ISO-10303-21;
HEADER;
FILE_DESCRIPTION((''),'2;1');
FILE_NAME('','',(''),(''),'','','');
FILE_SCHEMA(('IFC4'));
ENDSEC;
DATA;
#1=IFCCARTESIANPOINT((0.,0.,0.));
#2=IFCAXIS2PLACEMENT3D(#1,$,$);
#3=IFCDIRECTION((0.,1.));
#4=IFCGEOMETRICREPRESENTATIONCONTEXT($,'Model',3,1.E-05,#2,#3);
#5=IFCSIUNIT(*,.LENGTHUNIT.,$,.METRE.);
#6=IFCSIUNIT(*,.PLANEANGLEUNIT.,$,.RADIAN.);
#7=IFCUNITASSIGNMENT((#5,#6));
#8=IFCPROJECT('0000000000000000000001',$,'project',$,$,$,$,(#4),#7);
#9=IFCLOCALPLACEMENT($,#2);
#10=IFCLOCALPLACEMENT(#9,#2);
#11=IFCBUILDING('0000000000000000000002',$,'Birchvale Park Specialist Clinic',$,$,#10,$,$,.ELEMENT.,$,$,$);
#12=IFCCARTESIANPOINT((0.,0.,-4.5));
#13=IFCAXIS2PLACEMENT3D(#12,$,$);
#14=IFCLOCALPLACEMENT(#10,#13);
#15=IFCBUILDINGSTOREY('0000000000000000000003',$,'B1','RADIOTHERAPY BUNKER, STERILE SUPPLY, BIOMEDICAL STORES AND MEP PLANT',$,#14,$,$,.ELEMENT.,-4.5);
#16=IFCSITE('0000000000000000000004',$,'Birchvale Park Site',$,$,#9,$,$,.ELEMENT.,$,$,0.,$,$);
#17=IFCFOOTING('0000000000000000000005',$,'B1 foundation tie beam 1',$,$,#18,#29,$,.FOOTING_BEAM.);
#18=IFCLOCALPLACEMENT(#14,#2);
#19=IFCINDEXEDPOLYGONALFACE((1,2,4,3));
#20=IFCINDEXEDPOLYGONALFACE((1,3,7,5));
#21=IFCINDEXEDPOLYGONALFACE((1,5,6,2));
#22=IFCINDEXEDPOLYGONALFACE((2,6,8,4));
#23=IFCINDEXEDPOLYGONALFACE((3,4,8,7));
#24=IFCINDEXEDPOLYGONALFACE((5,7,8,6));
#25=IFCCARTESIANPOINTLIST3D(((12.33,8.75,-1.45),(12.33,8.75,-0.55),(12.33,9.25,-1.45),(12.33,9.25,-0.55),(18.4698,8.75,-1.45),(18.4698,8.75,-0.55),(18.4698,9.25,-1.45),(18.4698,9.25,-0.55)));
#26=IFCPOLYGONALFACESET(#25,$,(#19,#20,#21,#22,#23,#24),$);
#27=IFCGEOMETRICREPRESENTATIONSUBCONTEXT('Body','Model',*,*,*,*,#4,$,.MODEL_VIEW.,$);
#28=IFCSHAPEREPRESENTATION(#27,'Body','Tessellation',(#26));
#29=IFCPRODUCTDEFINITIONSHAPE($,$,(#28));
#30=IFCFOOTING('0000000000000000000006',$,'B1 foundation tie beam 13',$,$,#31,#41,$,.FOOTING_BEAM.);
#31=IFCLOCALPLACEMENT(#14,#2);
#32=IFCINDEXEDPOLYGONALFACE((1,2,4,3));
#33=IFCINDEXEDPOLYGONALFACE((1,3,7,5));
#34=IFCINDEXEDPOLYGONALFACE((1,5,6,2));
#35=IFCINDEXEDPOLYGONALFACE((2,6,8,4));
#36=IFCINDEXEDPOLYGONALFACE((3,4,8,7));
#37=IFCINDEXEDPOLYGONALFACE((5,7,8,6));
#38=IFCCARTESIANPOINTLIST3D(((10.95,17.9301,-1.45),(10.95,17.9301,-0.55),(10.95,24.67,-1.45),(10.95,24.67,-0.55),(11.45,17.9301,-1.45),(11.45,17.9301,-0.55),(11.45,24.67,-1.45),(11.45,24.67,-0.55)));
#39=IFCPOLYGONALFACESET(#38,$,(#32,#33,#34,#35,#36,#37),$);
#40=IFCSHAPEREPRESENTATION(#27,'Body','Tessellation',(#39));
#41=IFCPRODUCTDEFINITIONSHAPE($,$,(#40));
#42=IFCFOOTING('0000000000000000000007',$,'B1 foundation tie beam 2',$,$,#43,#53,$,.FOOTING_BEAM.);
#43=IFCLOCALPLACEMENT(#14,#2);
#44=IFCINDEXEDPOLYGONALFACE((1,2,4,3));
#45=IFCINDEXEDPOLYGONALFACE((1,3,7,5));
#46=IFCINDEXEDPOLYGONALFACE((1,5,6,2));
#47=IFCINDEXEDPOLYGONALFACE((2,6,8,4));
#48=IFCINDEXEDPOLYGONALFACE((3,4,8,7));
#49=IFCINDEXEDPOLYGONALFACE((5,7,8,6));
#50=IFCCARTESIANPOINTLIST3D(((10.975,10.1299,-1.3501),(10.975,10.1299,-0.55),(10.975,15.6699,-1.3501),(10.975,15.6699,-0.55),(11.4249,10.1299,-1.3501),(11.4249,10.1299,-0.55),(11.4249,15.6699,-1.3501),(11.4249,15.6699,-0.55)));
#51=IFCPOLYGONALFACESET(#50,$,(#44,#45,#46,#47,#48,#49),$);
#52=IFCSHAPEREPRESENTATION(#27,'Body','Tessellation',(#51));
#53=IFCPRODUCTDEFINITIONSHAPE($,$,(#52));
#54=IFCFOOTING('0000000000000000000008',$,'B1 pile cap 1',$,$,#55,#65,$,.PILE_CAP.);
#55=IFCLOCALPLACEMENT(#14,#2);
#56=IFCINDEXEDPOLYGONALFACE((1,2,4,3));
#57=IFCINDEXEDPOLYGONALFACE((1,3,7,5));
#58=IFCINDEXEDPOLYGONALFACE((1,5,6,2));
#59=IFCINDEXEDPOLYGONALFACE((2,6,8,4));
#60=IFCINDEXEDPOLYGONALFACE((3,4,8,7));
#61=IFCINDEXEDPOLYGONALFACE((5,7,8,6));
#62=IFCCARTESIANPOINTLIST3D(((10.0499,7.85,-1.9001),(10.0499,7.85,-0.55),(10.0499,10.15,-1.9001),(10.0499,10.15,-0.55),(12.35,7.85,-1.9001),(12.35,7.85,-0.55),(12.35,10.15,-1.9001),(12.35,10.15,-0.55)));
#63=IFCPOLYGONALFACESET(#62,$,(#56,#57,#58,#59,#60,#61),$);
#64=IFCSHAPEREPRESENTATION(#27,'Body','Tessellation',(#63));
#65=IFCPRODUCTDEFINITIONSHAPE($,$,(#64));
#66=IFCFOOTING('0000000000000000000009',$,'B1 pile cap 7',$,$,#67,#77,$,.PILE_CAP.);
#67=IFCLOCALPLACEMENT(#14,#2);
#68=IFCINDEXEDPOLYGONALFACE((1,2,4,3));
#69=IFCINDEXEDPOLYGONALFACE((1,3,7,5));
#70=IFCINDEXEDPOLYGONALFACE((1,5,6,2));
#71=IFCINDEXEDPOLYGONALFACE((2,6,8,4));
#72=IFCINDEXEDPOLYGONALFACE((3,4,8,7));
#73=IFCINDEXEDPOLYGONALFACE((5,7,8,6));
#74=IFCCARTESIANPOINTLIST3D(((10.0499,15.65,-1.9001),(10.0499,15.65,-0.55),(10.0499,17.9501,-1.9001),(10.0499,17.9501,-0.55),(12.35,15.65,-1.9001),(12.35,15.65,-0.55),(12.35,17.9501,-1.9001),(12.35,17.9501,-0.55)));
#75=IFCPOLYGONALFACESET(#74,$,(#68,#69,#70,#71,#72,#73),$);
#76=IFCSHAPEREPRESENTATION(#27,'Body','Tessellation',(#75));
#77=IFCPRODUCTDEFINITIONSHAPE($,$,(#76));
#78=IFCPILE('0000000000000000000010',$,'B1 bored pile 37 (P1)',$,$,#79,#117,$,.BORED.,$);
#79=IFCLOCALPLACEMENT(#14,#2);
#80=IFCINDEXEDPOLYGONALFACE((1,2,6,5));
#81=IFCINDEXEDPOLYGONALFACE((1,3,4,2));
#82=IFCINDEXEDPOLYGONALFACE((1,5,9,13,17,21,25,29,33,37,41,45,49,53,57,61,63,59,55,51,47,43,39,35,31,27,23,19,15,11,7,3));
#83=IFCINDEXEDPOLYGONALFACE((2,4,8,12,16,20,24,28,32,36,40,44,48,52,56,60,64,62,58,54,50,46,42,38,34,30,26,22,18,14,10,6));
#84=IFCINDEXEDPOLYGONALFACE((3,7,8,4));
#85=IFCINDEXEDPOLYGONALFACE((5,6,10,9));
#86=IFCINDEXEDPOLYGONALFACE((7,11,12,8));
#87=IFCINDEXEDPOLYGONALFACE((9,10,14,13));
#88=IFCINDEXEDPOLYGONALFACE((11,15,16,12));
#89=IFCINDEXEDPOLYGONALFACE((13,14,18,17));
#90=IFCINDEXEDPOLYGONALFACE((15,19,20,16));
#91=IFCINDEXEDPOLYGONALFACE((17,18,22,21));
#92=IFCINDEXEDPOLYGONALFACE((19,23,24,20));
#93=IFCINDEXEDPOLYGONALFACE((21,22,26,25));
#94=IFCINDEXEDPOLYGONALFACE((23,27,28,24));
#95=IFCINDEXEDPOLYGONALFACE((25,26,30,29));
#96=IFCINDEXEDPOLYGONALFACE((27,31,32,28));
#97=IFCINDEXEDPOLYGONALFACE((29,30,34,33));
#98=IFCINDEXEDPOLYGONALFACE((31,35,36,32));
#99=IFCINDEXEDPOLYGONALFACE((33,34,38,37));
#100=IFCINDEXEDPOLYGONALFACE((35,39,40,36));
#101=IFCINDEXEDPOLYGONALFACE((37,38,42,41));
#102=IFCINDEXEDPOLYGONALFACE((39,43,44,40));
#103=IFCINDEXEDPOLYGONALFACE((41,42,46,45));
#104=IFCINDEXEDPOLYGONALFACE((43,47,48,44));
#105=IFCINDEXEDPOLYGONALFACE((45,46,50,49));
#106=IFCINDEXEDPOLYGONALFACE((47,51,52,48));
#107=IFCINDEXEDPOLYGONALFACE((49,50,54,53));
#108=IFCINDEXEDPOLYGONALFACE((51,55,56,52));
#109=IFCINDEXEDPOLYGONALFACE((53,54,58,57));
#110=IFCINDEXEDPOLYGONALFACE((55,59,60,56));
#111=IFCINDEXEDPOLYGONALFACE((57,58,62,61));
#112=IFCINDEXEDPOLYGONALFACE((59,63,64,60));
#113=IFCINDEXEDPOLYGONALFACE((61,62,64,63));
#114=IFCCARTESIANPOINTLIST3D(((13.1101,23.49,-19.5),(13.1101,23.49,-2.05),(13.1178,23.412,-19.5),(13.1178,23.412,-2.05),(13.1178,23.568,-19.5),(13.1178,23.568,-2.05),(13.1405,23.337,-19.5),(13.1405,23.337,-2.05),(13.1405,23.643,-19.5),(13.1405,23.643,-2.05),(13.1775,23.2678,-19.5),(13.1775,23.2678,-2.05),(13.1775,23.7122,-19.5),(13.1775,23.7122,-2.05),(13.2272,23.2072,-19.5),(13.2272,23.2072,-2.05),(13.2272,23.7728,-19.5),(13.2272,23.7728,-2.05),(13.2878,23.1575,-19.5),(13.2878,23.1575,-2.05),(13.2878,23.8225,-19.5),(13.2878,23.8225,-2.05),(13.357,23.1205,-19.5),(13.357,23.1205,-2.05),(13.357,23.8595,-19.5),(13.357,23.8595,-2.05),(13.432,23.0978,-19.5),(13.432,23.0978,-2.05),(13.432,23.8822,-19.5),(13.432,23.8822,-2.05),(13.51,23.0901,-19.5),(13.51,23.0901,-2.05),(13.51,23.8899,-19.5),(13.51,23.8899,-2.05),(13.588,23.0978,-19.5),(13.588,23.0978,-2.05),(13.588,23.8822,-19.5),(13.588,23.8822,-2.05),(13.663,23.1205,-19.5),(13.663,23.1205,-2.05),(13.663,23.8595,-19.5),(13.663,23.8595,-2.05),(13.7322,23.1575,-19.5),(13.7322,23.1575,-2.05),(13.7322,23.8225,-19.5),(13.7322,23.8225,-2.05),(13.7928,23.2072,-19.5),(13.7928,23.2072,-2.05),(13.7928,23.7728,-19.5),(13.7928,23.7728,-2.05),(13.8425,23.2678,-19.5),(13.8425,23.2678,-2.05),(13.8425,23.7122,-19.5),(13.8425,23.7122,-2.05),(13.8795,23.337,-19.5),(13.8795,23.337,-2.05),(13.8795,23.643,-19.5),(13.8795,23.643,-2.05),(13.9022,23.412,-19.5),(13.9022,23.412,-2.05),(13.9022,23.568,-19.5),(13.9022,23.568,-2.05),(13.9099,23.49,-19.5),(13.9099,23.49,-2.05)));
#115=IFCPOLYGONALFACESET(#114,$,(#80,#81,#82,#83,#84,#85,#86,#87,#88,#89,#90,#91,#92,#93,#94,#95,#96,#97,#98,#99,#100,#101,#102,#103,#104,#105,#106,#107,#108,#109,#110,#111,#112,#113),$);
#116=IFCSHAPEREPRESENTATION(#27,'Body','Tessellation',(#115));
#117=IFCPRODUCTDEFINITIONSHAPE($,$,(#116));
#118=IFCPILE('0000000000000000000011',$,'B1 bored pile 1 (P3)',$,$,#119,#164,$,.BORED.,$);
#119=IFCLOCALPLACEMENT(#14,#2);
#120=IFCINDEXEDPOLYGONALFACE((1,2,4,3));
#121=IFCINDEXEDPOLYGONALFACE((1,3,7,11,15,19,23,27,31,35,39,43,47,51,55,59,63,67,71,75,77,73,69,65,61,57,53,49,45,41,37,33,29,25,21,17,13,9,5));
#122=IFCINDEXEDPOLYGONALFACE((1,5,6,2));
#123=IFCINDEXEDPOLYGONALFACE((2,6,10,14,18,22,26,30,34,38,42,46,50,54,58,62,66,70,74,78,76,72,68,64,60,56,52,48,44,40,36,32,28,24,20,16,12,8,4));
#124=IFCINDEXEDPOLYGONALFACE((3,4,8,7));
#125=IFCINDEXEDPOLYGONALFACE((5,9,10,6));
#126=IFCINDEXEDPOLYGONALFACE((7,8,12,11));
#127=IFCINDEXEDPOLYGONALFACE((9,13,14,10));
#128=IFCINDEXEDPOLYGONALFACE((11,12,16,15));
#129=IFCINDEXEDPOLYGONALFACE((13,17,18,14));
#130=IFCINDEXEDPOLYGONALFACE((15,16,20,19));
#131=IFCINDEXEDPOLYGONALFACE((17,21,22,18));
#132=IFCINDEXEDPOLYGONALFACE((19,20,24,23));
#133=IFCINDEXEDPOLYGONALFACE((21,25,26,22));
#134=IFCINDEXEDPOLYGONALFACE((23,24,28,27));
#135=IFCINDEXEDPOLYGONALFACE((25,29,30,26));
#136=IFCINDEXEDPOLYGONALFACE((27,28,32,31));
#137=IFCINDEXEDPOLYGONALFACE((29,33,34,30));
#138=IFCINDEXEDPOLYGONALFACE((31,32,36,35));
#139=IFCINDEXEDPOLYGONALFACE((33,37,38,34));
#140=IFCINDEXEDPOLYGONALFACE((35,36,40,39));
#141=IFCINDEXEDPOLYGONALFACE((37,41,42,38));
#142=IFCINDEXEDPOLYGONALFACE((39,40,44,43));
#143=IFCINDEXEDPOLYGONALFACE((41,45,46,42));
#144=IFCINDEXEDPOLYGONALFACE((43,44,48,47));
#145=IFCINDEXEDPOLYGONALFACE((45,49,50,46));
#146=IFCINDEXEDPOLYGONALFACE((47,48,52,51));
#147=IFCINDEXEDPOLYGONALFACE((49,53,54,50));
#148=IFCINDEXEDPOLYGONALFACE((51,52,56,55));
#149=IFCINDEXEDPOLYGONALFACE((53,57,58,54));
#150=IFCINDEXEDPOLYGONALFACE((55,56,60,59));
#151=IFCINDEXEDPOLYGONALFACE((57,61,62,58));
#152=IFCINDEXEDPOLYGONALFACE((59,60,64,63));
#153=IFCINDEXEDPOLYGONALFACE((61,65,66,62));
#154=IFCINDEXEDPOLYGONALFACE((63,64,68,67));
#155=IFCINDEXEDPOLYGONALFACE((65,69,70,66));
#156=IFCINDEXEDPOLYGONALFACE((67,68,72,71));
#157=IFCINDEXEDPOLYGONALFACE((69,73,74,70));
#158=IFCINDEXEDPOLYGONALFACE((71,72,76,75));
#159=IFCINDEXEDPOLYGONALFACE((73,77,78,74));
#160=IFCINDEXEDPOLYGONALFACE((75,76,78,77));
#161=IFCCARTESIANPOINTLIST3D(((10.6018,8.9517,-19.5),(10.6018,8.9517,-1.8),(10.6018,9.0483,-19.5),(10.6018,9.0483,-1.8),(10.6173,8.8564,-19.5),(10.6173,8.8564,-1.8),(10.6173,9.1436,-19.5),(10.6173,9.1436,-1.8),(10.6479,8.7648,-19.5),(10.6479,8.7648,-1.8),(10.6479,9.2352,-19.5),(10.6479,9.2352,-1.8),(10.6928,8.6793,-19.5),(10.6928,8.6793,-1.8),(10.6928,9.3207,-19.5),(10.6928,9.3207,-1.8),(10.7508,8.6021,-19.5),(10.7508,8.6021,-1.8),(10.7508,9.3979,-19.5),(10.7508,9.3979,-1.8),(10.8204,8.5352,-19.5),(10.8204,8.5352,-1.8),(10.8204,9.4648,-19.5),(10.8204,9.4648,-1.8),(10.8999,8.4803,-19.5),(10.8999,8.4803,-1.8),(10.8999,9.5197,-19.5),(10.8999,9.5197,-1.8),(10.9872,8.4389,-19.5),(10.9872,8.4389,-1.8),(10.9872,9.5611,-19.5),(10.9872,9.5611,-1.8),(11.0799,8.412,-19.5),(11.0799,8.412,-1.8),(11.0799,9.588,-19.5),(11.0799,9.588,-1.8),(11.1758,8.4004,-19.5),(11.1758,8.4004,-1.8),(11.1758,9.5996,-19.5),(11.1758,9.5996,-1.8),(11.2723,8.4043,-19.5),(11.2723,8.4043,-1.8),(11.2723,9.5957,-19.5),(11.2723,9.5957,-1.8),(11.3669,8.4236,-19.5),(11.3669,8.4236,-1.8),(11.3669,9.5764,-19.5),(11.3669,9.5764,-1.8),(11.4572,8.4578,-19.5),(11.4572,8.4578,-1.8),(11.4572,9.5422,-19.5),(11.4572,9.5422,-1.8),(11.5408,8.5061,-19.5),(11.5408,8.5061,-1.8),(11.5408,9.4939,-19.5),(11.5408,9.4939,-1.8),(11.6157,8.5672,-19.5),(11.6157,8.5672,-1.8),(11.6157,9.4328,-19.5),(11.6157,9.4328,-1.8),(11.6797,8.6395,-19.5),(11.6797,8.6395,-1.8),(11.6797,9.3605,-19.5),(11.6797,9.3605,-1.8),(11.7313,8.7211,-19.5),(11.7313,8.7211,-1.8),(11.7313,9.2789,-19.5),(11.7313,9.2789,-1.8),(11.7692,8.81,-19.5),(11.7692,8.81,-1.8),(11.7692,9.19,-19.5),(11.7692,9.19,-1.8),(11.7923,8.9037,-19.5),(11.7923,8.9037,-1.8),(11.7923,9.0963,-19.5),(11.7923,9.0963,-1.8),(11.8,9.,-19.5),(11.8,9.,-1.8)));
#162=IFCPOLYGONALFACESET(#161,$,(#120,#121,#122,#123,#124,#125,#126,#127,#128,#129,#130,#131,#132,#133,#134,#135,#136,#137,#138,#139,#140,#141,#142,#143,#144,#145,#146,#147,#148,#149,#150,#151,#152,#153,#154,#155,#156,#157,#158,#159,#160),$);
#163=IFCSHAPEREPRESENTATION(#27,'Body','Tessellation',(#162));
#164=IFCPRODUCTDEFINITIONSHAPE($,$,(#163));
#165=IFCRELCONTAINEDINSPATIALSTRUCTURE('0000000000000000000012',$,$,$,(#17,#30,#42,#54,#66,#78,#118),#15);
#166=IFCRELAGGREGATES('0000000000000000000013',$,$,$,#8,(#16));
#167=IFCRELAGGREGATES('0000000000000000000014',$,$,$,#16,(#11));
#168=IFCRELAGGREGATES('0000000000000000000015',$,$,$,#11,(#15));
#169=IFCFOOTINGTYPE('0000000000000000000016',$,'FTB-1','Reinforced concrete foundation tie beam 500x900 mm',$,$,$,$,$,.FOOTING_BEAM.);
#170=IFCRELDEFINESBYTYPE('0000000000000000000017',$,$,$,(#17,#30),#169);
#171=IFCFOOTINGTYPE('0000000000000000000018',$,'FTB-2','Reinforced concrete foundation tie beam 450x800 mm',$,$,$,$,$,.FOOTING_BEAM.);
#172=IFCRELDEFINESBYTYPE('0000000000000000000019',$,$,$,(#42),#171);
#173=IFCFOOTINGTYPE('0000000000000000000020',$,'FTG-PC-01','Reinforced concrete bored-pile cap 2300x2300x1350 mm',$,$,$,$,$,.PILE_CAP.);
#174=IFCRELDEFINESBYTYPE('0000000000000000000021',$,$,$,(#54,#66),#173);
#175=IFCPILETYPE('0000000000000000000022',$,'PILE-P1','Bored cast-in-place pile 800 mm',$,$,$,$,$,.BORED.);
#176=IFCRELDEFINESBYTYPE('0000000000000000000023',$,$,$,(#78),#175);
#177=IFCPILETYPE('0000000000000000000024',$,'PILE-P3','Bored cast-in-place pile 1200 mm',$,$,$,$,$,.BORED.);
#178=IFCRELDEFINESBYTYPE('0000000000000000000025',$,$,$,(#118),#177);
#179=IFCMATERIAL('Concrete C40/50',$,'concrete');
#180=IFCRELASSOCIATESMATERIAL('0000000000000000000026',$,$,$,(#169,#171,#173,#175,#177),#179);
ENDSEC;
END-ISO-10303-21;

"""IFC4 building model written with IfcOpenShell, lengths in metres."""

from ifc_helpers import new_model, si_unit, direction, frame, origin, origin_2d, place, context, subcontext, project, spatial, rectangle, circle, extrude, material, material_profile, profile_set, type_object, element, save


model = new_model("IFC4")

# Units and contexts
model_context = context("Model", 3, precision=1e-05, world=origin(), true_north=direction((0.0, 1.0)))
body_context = subcontext(model_context, "Body", "Model", "MODEL_VIEW")
ifc_project = project(units=[si_unit("LENGTHUNIT", "METRE"), si_unit("PLANEANGLEUNIT", "RADIAN")], contexts=[model_context])

# Site, building, storey
site_placement = place(None, origin())
site = spatial("IfcSite", under=ifc_project, at=site_placement, Name="Birchvale Park Site", CompositionType="ELEMENT", RefElevation=0.0)
building_placement = place(site_placement, origin())
building = spatial("IfcBuilding", under=site, at=building_placement, Name="Birchvale Park Specialist Clinic", CompositionType="ELEMENT")
storey_placement = place(building_placement, frame((0.0, 0.0, -4.5)))
storey = spatial("IfcBuildingStorey", under=building, at=storey_placement, Name="B1", Description="RADIOTHERAPY BUNKER, STERILE SUPPLY, BIOMEDICAL STORES AND MEP PLANT", CompositionType="ELEMENT", Elevation=-4.5)

# Footings
ifc_material_1 = material(Name="Concrete C40/50", Category="concrete")
footing_type_1 = type_object("IfcFootingType", Name="FTB-1", Description="Reinforced concrete foundation tie beam 500x900 mm", PredefinedType="FOOTING_BEAM", material=ifc_material_1)
footing_1_placement = place(storey_placement, frame((15.3999, 9.0, -1.45), z_axis=(0.0, 0.0, 1.0), x_axis=(1.0, 0.0, 0.0)))
element("IfcFooting", 1, at=footing_1_placement, inside=storey, type_object=footing_type_1, Name="B1 foundation tie beam 1", PredefinedType="FOOTING_BEAM", context=body_context, shape_type="SweptSolid", body=[
    extrude(rectangle(XDim=6.1399, YDim=0.5, at=origin_2d()), origin(), (0.0, 0.0, 1.0), 0.8999),
])
footing_2_placement = place(storey_placement, frame((11.2, 21.3, -1.45), z_axis=(0.0, 0.0, 1.0), x_axis=(1.0, 0.0, 0.0)))
element("IfcFooting", 2, at=footing_2_placement, inside=storey, type_object=footing_type_1, Name="B1 foundation tie beam 13", PredefinedType="FOOTING_BEAM", context=body_context, shape_type="SweptSolid", body=[
    extrude(rectangle(XDim=0.5, YDim=6.74, at=origin_2d()), origin(), (0.0, 0.0, 1.0), 0.8999),
])
footing_type_2 = type_object("IfcFootingType", Name="FTB-2", Description="Reinforced concrete foundation tie beam 450x800 mm", PredefinedType="FOOTING_BEAM", material=ifc_material_1)
footing_3_placement = place(storey_placement, frame((11.2, 12.8999, -1.3501), z_axis=(0.0, 0.0, 1.0), x_axis=(1.0, 0.0, 0.0)))
element("IfcFooting", 3, at=footing_3_placement, inside=storey, type_object=footing_type_2, Name="B1 foundation tie beam 2", PredefinedType="FOOTING_BEAM", context=body_context, shape_type="SweptSolid", body=[
    extrude(rectangle(XDim=0.45, YDim=5.54, at=origin_2d()), origin(), (0.0, 0.0, 1.0), 0.8),
])
footing_type_3 = type_object("IfcFootingType", Name="FTG-PC-01", Description="Reinforced concrete bored-pile cap 2300x2300x1350 mm", PredefinedType="PILE_CAP", material=ifc_material_1)
for number, where, z_axis, x_axis, name in (
    (4, (11.2, 9.0, -1.9001), (0.0, 0.0, 1.0), (1.0, 0.0, 0.0), "B1 pile cap 1"),
    (5, (11.2, 16.8, -1.9001), (0.0, 0.0, 1.0), (1.0, 0.0, 0.0), "B1 pile cap 7"),
):
    element("IfcFooting", number, at=place(storey_placement, frame(where, z_axis=z_axis, x_axis=x_axis)), inside=storey, type_object=footing_type_3, Name=name, PredefinedType="PILE_CAP", context=body_context, shape_type="SweptSolid", body=[
        extrude(rectangle(XDim=2.3, YDim=2.3, at=origin_2d()), origin(), (0.0, 0.0, 1.0), 1.3501),
    ])

# Piles
ifc_material_profile_1 = material_profile(ifc_material_1, circle(Radius=0.3999, at=origin_2d()), Name="PILE-800")
ifc_profile_set_1 = profile_set([ifc_material_profile_1], Name="Concrete C40/50")
pile_type_1 = type_object("IfcPileType", Name="PILE-P1", Description="Bored cast-in-place pile 800 mm", PredefinedType="BORED", material=ifc_profile_set_1)
pile_placement = place(storey_placement, frame((13.51, 23.49, -2.05), z_axis=(0.0, 0.0, -1.0), x_axis=(1.0, 0.0, 0.0)))
element("IfcPile", 6, at=pile_placement, inside=storey, type_object=pile_type_1, Name="B1 bored pile 37 (P1)", PredefinedType="BORED", context=body_context, shape_type="SweptSolid", body=[
    extrude(circle(Radius=0.3999, at=origin_2d()), origin(), (0.0, 0.0, 1.0), 17.45),
])
ifc_material_profile_2 = material_profile(ifc_material_1, circle(Radius=0.6001, at=origin_2d()), Name="PILE-1200")
ifc_profile_set_2 = profile_set([ifc_material_profile_2], Name="Concrete C40/50")
pile_type_2 = type_object("IfcPileType", Name="PILE-P3", Description="Bored cast-in-place pile 1200 mm", PredefinedType="BORED", material=ifc_profile_set_2)
for number, where, z_axis, x_axis, name in (
    (7, (11.2, 9.0, -1.8), (0.0, 0.0, -1.0), (1.0, 0.0, 0.0), "B1 bored pile 1 (P3)"),
):
    element("IfcPile", number, at=place(storey_placement, frame(where, z_axis=z_axis, x_axis=x_axis)), inside=storey, type_object=pile_type_2, Name=name, PredefinedType="BORED", context=body_context, shape_type="SweptSolid", body=[
        extrude(circle(Radius=0.6001, at=origin_2d()), origin(), (0.0, 0.0, 1.0), 17.7),
    ])

save(model, "model.ifc")
